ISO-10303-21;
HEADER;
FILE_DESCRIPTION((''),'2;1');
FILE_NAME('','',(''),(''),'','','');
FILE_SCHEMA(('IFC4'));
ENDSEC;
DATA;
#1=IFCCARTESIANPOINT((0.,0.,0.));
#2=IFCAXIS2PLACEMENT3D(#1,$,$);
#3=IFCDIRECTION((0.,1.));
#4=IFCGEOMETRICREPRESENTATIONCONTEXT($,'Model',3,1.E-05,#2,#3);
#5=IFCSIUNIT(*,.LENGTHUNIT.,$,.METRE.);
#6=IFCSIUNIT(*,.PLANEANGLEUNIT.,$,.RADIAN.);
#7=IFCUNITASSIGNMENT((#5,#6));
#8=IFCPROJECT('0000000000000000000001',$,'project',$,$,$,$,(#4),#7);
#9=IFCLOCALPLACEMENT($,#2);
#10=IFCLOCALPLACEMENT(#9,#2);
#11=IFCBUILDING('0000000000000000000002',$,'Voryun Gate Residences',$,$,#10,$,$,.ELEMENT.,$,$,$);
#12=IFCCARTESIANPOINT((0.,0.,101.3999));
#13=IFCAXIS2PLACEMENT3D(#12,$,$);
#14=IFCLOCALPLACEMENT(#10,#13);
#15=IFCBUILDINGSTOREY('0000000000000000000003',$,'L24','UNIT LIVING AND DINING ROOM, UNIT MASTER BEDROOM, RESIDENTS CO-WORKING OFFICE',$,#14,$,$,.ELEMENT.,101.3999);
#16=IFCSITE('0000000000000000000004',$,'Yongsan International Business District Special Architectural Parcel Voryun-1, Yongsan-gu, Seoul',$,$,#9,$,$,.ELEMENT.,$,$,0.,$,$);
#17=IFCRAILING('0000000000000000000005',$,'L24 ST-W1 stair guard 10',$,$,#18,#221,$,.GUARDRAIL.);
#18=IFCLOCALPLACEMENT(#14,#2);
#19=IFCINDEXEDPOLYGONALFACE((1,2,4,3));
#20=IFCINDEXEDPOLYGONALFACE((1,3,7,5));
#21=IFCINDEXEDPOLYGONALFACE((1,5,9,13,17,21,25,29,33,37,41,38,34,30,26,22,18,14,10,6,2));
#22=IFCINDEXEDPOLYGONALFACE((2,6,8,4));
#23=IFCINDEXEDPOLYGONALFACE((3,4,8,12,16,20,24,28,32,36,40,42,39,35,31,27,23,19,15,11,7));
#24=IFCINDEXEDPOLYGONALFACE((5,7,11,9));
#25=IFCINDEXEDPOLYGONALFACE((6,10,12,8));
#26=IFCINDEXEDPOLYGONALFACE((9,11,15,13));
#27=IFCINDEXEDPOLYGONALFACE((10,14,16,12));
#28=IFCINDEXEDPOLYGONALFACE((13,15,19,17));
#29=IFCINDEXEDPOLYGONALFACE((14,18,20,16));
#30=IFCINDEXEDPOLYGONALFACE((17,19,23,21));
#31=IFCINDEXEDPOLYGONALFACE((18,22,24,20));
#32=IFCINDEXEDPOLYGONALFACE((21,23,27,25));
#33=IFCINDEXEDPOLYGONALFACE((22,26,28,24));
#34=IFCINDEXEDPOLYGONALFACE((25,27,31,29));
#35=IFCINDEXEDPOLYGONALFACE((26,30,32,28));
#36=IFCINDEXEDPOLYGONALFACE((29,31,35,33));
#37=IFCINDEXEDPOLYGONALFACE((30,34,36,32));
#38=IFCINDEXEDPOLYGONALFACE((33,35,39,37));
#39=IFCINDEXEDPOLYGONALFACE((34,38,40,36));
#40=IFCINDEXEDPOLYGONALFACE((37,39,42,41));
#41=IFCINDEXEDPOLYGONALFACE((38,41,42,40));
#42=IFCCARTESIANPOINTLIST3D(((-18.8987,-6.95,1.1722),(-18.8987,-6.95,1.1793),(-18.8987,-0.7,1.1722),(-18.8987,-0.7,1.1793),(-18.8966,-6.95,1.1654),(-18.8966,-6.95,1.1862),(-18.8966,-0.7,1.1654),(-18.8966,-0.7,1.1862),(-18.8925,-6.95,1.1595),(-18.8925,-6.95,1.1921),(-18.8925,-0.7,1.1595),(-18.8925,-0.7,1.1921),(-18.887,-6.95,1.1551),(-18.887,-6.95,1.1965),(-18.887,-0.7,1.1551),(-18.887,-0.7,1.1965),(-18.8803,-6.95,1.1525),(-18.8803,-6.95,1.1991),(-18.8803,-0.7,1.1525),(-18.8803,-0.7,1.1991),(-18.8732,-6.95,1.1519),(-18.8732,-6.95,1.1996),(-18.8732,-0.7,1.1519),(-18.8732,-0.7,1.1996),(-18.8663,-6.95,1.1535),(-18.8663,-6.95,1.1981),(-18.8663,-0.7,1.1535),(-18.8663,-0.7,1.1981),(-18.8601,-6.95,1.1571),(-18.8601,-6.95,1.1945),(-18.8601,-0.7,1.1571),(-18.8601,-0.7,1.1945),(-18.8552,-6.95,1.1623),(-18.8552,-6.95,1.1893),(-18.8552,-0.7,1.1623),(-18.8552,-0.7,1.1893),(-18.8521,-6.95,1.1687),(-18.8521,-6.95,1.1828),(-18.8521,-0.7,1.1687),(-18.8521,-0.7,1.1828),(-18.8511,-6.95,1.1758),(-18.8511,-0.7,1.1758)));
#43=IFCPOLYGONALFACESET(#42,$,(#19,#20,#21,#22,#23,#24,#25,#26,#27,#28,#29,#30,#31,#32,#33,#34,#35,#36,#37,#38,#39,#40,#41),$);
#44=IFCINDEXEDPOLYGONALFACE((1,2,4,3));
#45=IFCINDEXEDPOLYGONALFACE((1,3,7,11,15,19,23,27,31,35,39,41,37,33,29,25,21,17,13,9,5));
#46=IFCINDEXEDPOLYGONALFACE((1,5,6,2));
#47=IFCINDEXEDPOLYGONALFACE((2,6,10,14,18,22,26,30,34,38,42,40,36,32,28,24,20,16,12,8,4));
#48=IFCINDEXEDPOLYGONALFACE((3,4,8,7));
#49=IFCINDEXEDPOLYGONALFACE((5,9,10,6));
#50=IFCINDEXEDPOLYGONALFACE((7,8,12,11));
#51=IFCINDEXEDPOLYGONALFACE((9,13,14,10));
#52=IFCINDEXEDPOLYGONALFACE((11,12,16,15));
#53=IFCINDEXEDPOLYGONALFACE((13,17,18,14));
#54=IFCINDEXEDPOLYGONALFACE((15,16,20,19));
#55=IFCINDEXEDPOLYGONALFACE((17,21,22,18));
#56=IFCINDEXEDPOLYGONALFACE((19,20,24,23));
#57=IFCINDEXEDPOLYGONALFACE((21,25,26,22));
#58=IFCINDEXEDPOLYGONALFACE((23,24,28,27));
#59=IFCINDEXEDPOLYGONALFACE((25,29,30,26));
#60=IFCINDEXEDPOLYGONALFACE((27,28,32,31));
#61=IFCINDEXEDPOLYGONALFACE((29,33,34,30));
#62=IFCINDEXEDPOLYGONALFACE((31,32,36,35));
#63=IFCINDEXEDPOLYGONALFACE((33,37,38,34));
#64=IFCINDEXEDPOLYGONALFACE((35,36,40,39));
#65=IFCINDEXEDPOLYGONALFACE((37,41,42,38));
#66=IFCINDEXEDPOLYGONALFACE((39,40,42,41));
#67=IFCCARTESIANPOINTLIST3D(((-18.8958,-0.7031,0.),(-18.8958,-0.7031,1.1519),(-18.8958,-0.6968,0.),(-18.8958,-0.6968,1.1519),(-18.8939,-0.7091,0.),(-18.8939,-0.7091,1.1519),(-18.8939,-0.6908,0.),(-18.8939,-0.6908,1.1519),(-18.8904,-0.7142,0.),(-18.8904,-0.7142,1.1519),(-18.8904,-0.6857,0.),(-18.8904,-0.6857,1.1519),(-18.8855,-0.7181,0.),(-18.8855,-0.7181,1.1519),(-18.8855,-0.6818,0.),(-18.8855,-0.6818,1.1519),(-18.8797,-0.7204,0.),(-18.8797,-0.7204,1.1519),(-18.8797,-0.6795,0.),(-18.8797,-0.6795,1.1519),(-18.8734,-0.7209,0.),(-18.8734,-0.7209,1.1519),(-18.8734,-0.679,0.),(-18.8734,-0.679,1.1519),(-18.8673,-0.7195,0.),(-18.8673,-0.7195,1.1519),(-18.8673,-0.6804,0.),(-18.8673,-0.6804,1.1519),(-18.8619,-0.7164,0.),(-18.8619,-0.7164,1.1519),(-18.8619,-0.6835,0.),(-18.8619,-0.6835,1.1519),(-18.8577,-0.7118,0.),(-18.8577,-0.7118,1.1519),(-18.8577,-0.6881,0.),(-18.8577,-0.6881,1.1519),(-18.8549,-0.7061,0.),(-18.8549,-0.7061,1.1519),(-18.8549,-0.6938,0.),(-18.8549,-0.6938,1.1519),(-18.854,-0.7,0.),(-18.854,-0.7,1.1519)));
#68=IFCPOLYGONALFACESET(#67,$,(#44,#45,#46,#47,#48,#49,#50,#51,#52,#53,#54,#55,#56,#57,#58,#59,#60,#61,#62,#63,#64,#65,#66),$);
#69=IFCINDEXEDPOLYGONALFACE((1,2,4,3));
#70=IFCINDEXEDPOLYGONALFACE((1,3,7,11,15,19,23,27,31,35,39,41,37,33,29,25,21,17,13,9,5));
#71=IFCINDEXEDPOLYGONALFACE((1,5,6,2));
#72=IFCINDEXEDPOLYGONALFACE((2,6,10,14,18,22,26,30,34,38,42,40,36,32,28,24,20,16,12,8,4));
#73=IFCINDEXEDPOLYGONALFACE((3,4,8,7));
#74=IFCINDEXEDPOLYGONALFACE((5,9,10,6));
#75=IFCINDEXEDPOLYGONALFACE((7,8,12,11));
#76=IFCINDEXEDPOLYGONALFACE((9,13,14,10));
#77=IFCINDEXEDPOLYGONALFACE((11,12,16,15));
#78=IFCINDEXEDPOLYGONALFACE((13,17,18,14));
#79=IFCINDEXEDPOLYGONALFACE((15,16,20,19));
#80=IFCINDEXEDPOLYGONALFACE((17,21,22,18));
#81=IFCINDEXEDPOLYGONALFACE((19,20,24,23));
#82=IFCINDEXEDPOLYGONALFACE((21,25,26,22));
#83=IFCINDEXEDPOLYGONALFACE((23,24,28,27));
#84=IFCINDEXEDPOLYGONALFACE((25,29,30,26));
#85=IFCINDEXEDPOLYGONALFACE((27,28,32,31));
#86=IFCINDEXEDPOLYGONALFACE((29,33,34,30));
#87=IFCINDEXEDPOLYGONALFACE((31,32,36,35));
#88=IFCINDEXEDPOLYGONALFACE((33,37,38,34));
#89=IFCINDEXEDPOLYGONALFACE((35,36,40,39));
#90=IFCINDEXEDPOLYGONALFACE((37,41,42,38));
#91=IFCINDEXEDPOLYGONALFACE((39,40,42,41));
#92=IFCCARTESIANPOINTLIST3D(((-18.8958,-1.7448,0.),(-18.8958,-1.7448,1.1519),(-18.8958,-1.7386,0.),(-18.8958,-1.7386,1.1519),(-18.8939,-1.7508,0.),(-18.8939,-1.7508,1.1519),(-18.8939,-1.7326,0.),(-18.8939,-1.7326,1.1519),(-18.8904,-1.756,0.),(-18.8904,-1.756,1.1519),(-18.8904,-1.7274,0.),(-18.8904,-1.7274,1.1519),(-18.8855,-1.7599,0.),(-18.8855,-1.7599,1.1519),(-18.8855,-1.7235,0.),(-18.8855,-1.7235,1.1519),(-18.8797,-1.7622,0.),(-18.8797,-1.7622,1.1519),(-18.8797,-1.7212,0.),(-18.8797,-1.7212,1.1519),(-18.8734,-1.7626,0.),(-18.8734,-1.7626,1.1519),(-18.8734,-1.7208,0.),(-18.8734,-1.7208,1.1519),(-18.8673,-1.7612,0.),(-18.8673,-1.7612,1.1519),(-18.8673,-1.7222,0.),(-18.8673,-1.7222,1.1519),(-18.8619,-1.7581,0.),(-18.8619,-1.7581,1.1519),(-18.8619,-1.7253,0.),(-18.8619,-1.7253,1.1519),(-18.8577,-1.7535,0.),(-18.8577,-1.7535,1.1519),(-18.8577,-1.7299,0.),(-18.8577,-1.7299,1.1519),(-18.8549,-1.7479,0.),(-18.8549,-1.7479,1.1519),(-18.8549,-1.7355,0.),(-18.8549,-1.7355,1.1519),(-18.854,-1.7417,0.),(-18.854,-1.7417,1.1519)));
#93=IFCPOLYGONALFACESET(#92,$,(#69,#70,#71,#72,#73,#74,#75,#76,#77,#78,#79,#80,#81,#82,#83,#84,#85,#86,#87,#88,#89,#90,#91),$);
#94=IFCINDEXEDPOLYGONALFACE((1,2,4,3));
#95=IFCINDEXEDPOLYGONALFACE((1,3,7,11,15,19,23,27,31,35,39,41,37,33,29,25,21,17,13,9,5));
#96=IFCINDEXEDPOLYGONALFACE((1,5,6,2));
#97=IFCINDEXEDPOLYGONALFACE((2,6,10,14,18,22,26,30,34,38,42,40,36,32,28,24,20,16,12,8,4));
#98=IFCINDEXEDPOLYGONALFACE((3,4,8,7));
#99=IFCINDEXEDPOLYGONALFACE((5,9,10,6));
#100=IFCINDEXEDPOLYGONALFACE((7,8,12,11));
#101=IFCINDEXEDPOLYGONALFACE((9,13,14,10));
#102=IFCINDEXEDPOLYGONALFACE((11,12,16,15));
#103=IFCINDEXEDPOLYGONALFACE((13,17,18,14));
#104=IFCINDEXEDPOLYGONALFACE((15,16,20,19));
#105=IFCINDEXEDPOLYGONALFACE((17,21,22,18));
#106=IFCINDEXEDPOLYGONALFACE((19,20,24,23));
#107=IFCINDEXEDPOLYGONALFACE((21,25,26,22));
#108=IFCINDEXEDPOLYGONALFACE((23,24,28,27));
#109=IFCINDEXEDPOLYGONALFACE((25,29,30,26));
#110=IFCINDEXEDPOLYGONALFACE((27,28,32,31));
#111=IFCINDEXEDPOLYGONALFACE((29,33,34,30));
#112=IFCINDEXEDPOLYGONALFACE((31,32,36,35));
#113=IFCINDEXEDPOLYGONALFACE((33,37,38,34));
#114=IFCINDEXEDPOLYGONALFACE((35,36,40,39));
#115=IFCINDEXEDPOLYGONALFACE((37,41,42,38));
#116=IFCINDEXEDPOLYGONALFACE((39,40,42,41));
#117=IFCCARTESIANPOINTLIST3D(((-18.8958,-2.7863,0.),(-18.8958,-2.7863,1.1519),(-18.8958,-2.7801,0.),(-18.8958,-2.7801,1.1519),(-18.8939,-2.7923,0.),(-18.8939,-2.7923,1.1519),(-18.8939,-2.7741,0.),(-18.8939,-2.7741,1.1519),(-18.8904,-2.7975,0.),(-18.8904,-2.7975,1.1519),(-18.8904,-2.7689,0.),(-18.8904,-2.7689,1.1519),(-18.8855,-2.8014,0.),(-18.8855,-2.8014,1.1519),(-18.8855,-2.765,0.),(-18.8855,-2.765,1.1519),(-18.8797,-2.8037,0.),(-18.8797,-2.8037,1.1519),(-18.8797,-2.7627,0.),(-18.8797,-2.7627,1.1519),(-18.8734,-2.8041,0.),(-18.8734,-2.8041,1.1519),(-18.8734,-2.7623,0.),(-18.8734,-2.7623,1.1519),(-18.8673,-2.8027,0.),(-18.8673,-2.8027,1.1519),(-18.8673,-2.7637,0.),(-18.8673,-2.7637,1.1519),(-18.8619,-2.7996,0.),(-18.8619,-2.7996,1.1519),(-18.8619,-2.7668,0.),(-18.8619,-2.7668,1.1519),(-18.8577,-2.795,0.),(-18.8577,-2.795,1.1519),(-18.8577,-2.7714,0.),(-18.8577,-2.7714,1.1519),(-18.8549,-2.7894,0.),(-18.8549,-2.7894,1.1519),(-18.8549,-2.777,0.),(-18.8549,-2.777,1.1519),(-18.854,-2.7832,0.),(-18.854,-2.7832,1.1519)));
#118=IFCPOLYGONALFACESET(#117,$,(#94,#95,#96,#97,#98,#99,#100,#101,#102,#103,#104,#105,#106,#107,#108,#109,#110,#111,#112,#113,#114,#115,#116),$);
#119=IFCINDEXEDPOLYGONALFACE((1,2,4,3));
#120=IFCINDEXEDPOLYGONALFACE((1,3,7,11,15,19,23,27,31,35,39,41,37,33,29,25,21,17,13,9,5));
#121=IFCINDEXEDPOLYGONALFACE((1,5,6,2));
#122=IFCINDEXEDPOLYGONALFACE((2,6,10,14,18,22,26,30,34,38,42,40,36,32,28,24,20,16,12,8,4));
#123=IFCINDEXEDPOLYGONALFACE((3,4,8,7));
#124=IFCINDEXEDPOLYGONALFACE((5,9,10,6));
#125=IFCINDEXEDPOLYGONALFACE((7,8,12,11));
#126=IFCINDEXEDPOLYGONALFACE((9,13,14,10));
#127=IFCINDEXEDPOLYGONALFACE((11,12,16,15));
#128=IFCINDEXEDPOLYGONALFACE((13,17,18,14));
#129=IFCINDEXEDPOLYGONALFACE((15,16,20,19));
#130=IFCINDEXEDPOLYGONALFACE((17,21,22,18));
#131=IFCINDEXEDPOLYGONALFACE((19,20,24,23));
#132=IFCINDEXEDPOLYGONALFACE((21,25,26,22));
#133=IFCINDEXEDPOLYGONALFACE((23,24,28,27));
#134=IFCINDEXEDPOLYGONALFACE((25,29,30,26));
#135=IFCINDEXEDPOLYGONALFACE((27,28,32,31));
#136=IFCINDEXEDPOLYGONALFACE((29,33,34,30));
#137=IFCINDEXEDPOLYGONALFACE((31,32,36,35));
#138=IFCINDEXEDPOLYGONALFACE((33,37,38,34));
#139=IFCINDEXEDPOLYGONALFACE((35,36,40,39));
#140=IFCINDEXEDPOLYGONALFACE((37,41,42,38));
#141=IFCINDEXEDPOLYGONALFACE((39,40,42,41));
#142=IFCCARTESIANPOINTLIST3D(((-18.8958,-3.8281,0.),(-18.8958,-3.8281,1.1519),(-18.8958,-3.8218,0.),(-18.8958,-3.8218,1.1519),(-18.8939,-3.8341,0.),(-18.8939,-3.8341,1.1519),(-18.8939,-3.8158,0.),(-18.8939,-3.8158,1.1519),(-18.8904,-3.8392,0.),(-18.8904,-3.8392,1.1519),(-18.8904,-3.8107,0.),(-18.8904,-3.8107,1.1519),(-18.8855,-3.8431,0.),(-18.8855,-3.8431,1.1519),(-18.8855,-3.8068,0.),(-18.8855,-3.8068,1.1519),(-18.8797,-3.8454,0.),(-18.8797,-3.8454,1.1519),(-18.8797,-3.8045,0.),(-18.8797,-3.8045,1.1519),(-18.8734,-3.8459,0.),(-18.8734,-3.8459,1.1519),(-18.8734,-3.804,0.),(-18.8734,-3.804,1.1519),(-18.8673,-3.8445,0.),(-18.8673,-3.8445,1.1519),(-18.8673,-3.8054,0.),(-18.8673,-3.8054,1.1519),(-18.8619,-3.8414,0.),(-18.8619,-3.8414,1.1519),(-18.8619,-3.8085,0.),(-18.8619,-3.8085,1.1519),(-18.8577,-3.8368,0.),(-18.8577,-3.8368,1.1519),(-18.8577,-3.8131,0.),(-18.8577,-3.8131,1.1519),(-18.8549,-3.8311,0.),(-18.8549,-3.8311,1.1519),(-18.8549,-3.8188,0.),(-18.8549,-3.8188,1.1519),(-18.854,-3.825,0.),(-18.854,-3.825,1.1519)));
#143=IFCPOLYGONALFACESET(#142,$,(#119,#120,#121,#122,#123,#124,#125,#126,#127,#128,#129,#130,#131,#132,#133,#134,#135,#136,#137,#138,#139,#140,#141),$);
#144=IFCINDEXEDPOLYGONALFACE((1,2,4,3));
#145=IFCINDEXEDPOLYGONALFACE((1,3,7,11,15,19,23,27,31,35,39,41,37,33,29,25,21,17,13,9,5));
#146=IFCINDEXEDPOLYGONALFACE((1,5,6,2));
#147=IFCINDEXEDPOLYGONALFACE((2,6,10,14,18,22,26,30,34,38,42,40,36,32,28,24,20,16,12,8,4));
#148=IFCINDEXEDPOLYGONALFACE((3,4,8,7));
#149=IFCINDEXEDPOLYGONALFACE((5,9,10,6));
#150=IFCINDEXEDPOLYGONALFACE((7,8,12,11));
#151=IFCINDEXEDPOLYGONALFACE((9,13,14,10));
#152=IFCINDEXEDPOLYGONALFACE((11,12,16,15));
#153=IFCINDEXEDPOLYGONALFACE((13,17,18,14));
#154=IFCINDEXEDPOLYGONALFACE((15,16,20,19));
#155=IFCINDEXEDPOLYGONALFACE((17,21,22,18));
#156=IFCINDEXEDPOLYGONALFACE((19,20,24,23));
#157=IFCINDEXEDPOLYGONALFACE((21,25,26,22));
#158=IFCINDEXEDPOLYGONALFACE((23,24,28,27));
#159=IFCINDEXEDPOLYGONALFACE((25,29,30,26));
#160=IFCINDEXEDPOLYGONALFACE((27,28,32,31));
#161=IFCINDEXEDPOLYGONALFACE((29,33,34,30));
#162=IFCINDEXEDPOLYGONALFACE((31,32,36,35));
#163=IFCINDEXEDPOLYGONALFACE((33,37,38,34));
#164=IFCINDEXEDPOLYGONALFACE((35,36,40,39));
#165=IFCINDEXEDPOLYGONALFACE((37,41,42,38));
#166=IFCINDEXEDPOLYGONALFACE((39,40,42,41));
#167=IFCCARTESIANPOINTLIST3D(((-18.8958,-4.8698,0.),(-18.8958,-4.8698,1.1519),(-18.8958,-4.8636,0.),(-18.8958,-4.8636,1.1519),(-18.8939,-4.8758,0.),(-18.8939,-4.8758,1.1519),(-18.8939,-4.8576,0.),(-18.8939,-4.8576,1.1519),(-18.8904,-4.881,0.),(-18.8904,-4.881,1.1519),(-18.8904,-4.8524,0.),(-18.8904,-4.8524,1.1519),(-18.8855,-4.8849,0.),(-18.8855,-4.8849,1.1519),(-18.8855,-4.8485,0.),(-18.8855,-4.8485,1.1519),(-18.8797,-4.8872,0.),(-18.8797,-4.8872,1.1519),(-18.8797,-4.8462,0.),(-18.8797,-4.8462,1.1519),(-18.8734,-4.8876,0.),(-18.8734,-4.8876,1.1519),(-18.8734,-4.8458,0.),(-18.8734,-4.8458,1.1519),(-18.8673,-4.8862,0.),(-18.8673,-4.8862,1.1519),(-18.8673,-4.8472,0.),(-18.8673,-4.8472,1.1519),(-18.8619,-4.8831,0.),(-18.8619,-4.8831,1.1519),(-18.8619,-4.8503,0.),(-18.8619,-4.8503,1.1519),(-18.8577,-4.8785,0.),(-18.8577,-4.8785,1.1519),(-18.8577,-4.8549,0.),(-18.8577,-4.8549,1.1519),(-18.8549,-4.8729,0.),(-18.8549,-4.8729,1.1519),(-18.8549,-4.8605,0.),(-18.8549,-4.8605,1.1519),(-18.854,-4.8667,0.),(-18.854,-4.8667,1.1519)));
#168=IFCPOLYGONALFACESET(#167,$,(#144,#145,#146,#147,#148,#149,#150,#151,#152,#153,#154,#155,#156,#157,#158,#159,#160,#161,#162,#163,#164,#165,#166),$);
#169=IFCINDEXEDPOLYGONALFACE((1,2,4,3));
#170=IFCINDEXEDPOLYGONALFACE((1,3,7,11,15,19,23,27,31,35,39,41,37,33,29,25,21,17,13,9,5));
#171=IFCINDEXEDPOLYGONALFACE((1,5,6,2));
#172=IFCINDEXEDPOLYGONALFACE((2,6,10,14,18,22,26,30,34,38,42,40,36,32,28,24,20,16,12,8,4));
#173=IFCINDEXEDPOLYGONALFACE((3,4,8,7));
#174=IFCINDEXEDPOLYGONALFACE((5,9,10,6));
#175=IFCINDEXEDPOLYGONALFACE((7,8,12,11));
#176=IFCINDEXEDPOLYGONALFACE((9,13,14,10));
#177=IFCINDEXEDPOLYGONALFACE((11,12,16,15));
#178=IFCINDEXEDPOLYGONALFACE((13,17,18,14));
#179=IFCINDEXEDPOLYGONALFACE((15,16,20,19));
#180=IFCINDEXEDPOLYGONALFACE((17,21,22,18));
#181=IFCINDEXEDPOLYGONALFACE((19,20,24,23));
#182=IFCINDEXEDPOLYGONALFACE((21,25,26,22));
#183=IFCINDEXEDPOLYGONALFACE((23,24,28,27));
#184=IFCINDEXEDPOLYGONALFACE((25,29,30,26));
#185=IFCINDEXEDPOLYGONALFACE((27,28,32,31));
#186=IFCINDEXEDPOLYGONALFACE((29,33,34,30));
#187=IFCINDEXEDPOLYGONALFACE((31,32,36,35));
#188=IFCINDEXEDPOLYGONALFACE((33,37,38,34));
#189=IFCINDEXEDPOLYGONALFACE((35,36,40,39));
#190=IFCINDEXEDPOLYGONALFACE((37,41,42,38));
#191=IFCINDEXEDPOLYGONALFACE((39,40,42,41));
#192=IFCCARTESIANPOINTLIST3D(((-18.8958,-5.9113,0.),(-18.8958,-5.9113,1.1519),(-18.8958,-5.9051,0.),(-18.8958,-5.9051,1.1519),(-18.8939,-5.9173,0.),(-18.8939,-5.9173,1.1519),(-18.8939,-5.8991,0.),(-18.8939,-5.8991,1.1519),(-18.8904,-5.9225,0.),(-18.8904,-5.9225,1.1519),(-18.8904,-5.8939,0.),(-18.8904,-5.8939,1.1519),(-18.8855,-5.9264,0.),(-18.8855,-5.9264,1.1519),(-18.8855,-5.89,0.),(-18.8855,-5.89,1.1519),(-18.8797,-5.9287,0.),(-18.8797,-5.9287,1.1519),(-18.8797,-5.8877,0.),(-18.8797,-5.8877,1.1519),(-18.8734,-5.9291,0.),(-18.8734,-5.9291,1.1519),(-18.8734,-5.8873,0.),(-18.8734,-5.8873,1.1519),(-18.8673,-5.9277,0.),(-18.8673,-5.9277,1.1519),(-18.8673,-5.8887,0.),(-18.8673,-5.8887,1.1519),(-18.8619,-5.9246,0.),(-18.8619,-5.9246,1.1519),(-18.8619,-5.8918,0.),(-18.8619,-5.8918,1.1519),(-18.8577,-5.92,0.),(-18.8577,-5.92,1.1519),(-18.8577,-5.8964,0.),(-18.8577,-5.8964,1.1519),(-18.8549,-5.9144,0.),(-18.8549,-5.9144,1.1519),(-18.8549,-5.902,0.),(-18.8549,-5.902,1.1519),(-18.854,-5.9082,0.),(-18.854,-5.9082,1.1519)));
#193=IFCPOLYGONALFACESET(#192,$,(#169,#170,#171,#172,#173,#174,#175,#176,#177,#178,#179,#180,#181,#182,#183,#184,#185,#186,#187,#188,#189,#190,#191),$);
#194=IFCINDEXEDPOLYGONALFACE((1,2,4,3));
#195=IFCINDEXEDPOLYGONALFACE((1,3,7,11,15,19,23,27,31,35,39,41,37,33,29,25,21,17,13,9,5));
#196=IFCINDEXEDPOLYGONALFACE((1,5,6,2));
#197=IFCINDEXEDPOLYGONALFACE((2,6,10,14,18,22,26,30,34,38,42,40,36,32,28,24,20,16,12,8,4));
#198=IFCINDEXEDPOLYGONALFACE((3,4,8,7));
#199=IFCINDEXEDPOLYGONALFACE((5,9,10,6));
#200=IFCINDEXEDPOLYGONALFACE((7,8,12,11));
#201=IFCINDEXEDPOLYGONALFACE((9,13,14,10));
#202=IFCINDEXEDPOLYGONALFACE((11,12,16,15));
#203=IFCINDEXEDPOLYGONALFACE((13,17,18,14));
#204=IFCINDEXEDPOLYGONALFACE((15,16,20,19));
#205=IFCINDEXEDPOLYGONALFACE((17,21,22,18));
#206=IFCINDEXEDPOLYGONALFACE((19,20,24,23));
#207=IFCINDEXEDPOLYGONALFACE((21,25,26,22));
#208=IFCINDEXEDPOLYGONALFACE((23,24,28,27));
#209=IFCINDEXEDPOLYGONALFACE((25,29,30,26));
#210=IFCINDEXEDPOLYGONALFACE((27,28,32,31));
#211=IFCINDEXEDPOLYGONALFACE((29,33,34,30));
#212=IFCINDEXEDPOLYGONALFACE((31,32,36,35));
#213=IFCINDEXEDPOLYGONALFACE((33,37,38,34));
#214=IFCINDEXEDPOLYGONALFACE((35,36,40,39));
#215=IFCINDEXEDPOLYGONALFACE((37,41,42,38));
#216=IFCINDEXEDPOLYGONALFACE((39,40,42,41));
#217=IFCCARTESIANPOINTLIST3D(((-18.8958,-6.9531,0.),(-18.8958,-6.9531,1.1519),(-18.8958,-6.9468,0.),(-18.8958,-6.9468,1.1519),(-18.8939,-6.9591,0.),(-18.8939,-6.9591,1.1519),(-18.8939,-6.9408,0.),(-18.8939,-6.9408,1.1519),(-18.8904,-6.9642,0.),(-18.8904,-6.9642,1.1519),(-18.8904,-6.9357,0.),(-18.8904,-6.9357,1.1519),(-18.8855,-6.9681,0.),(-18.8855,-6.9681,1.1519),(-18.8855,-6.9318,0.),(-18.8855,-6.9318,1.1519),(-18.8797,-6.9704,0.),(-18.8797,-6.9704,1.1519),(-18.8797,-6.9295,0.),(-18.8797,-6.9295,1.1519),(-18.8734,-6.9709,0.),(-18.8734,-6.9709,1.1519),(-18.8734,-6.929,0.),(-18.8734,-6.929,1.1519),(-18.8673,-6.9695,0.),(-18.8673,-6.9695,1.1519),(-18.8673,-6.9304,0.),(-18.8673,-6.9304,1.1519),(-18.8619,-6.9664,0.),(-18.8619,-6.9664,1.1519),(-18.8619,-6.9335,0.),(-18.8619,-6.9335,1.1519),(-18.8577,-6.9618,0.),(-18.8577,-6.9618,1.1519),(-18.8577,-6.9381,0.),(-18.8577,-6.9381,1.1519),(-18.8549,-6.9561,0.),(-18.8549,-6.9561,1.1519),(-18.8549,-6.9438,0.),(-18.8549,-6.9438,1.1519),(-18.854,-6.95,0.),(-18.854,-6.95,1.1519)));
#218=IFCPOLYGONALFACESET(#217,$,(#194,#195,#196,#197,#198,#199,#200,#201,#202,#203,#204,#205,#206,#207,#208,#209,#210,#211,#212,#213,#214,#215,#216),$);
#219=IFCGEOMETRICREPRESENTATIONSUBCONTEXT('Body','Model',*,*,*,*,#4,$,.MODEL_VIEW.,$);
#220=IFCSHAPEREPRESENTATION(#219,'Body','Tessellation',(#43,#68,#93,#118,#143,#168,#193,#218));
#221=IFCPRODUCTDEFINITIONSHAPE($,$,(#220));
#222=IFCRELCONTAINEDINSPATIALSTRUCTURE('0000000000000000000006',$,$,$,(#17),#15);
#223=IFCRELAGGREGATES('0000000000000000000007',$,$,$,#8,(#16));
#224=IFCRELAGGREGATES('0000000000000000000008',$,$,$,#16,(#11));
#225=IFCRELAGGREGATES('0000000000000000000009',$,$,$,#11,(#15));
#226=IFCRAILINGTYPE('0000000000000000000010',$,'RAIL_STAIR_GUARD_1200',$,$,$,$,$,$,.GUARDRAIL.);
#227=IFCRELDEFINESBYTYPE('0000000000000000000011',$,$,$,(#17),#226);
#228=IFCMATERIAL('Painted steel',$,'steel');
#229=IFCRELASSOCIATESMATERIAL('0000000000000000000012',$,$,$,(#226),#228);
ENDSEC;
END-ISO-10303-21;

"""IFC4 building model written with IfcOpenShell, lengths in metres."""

from ifc_helpers import new_model, si_unit, direction, frame, origin, origin_2d, place, context, subcontext, project, spatial, circle, extrude, material, type_object, element, save


model = new_model("IFC4")

# Units and contexts
model_context = context("Model", 3, precision=1e-05, world=origin(), true_north=direction((0.0, 1.0)))
body_context = subcontext(model_context, "Body", "Model", "MODEL_VIEW")
ifc_project = project(units=[si_unit("LENGTHUNIT", "METRE"), si_unit("PLANEANGLEUNIT", "RADIAN")], contexts=[model_context])

# Site, building, storey
site_placement = place(None, origin())
site = spatial("IfcSite", under=ifc_project, at=site_placement, Name="Yongsan International Business District Special Architectural Parcel Voryun-1, Yongsan-gu, Seoul", CompositionType="ELEMENT", RefElevation=0.0)
building_placement = place(site_placement, origin())
building = spatial("IfcBuilding", under=site, at=building_placement, Name="Voryun Gate Residences", CompositionType="ELEMENT")
storey_placement = place(building_placement, frame((0.0, 0.0, 101.3999)))
storey = spatial("IfcBuildingStorey", under=building, at=storey_placement, Name="L24", Description="UNIT LIVING AND DINING ROOM, UNIT MASTER BEDROOM, RESIDENTS CO-WORKING OFFICE", CompositionType="ELEMENT", Elevation=101.3999)

# Railing
ifc_material_1 = material(Name="Painted steel", Category="steel")
railing_type_1 = type_object("IfcRailingType", Name="RAIL_STAIR_GUARD_1200", PredefinedType="GUARDRAIL", material=ifc_material_1)
railing_1_placement = place(storey_placement, frame((-18.875, -0.7, 0.0)))
element("IfcRailing", 1, at=railing_1_placement, inside=storey, type_object=railing_type_1, Name="L24 ST-W1 stair guard 10", PredefinedType="GUARDRAIL", context=body_context, shape_type="SweptSolid", body=[
    extrude(circle(Radius=0.0239, at=origin_2d()), frame((0.0, 0.0, 1.1758), z_axis=(0.0, -1.0, 0.0), x_axis=(1.0, 0.0, 0.0)), (0.0, 0.0, 1.0), 6.25),
    extrude(circle(Radius=0.021, at=origin_2d()), origin(), (0.0, 0.0, 1.0), 1.1519),
    extrude(circle(Radius=0.021, at=origin_2d()), frame((0.0, -1.0417, 0.0)), (0.0, 0.0, 1.0), 1.1519),
    extrude(circle(Radius=0.021, at=origin_2d()), frame((0.0, -2.0833, 0.0)), (0.0, 0.0, 1.0), 1.1519),
    extrude(circle(Radius=0.021, at=origin_2d()), frame((0.0, -3.125, 0.0)), (0.0, 0.0, 1.0), 1.1519),
    extrude(circle(Radius=0.021, at=origin_2d()), frame((0.0, -4.1667, 0.0)), (0.0, 0.0, 1.0), 1.1519),
    extrude(circle(Radius=0.021, at=origin_2d()), frame((0.0, -5.2083, 0.0)), (0.0, 0.0, 1.0), 1.1519),
    extrude(circle(Radius=0.021, at=origin_2d()), frame((0.0, -6.25, 0.0)), (0.0, 0.0, 1.0), 1.1519),
])

save(model, "model.ifc")
